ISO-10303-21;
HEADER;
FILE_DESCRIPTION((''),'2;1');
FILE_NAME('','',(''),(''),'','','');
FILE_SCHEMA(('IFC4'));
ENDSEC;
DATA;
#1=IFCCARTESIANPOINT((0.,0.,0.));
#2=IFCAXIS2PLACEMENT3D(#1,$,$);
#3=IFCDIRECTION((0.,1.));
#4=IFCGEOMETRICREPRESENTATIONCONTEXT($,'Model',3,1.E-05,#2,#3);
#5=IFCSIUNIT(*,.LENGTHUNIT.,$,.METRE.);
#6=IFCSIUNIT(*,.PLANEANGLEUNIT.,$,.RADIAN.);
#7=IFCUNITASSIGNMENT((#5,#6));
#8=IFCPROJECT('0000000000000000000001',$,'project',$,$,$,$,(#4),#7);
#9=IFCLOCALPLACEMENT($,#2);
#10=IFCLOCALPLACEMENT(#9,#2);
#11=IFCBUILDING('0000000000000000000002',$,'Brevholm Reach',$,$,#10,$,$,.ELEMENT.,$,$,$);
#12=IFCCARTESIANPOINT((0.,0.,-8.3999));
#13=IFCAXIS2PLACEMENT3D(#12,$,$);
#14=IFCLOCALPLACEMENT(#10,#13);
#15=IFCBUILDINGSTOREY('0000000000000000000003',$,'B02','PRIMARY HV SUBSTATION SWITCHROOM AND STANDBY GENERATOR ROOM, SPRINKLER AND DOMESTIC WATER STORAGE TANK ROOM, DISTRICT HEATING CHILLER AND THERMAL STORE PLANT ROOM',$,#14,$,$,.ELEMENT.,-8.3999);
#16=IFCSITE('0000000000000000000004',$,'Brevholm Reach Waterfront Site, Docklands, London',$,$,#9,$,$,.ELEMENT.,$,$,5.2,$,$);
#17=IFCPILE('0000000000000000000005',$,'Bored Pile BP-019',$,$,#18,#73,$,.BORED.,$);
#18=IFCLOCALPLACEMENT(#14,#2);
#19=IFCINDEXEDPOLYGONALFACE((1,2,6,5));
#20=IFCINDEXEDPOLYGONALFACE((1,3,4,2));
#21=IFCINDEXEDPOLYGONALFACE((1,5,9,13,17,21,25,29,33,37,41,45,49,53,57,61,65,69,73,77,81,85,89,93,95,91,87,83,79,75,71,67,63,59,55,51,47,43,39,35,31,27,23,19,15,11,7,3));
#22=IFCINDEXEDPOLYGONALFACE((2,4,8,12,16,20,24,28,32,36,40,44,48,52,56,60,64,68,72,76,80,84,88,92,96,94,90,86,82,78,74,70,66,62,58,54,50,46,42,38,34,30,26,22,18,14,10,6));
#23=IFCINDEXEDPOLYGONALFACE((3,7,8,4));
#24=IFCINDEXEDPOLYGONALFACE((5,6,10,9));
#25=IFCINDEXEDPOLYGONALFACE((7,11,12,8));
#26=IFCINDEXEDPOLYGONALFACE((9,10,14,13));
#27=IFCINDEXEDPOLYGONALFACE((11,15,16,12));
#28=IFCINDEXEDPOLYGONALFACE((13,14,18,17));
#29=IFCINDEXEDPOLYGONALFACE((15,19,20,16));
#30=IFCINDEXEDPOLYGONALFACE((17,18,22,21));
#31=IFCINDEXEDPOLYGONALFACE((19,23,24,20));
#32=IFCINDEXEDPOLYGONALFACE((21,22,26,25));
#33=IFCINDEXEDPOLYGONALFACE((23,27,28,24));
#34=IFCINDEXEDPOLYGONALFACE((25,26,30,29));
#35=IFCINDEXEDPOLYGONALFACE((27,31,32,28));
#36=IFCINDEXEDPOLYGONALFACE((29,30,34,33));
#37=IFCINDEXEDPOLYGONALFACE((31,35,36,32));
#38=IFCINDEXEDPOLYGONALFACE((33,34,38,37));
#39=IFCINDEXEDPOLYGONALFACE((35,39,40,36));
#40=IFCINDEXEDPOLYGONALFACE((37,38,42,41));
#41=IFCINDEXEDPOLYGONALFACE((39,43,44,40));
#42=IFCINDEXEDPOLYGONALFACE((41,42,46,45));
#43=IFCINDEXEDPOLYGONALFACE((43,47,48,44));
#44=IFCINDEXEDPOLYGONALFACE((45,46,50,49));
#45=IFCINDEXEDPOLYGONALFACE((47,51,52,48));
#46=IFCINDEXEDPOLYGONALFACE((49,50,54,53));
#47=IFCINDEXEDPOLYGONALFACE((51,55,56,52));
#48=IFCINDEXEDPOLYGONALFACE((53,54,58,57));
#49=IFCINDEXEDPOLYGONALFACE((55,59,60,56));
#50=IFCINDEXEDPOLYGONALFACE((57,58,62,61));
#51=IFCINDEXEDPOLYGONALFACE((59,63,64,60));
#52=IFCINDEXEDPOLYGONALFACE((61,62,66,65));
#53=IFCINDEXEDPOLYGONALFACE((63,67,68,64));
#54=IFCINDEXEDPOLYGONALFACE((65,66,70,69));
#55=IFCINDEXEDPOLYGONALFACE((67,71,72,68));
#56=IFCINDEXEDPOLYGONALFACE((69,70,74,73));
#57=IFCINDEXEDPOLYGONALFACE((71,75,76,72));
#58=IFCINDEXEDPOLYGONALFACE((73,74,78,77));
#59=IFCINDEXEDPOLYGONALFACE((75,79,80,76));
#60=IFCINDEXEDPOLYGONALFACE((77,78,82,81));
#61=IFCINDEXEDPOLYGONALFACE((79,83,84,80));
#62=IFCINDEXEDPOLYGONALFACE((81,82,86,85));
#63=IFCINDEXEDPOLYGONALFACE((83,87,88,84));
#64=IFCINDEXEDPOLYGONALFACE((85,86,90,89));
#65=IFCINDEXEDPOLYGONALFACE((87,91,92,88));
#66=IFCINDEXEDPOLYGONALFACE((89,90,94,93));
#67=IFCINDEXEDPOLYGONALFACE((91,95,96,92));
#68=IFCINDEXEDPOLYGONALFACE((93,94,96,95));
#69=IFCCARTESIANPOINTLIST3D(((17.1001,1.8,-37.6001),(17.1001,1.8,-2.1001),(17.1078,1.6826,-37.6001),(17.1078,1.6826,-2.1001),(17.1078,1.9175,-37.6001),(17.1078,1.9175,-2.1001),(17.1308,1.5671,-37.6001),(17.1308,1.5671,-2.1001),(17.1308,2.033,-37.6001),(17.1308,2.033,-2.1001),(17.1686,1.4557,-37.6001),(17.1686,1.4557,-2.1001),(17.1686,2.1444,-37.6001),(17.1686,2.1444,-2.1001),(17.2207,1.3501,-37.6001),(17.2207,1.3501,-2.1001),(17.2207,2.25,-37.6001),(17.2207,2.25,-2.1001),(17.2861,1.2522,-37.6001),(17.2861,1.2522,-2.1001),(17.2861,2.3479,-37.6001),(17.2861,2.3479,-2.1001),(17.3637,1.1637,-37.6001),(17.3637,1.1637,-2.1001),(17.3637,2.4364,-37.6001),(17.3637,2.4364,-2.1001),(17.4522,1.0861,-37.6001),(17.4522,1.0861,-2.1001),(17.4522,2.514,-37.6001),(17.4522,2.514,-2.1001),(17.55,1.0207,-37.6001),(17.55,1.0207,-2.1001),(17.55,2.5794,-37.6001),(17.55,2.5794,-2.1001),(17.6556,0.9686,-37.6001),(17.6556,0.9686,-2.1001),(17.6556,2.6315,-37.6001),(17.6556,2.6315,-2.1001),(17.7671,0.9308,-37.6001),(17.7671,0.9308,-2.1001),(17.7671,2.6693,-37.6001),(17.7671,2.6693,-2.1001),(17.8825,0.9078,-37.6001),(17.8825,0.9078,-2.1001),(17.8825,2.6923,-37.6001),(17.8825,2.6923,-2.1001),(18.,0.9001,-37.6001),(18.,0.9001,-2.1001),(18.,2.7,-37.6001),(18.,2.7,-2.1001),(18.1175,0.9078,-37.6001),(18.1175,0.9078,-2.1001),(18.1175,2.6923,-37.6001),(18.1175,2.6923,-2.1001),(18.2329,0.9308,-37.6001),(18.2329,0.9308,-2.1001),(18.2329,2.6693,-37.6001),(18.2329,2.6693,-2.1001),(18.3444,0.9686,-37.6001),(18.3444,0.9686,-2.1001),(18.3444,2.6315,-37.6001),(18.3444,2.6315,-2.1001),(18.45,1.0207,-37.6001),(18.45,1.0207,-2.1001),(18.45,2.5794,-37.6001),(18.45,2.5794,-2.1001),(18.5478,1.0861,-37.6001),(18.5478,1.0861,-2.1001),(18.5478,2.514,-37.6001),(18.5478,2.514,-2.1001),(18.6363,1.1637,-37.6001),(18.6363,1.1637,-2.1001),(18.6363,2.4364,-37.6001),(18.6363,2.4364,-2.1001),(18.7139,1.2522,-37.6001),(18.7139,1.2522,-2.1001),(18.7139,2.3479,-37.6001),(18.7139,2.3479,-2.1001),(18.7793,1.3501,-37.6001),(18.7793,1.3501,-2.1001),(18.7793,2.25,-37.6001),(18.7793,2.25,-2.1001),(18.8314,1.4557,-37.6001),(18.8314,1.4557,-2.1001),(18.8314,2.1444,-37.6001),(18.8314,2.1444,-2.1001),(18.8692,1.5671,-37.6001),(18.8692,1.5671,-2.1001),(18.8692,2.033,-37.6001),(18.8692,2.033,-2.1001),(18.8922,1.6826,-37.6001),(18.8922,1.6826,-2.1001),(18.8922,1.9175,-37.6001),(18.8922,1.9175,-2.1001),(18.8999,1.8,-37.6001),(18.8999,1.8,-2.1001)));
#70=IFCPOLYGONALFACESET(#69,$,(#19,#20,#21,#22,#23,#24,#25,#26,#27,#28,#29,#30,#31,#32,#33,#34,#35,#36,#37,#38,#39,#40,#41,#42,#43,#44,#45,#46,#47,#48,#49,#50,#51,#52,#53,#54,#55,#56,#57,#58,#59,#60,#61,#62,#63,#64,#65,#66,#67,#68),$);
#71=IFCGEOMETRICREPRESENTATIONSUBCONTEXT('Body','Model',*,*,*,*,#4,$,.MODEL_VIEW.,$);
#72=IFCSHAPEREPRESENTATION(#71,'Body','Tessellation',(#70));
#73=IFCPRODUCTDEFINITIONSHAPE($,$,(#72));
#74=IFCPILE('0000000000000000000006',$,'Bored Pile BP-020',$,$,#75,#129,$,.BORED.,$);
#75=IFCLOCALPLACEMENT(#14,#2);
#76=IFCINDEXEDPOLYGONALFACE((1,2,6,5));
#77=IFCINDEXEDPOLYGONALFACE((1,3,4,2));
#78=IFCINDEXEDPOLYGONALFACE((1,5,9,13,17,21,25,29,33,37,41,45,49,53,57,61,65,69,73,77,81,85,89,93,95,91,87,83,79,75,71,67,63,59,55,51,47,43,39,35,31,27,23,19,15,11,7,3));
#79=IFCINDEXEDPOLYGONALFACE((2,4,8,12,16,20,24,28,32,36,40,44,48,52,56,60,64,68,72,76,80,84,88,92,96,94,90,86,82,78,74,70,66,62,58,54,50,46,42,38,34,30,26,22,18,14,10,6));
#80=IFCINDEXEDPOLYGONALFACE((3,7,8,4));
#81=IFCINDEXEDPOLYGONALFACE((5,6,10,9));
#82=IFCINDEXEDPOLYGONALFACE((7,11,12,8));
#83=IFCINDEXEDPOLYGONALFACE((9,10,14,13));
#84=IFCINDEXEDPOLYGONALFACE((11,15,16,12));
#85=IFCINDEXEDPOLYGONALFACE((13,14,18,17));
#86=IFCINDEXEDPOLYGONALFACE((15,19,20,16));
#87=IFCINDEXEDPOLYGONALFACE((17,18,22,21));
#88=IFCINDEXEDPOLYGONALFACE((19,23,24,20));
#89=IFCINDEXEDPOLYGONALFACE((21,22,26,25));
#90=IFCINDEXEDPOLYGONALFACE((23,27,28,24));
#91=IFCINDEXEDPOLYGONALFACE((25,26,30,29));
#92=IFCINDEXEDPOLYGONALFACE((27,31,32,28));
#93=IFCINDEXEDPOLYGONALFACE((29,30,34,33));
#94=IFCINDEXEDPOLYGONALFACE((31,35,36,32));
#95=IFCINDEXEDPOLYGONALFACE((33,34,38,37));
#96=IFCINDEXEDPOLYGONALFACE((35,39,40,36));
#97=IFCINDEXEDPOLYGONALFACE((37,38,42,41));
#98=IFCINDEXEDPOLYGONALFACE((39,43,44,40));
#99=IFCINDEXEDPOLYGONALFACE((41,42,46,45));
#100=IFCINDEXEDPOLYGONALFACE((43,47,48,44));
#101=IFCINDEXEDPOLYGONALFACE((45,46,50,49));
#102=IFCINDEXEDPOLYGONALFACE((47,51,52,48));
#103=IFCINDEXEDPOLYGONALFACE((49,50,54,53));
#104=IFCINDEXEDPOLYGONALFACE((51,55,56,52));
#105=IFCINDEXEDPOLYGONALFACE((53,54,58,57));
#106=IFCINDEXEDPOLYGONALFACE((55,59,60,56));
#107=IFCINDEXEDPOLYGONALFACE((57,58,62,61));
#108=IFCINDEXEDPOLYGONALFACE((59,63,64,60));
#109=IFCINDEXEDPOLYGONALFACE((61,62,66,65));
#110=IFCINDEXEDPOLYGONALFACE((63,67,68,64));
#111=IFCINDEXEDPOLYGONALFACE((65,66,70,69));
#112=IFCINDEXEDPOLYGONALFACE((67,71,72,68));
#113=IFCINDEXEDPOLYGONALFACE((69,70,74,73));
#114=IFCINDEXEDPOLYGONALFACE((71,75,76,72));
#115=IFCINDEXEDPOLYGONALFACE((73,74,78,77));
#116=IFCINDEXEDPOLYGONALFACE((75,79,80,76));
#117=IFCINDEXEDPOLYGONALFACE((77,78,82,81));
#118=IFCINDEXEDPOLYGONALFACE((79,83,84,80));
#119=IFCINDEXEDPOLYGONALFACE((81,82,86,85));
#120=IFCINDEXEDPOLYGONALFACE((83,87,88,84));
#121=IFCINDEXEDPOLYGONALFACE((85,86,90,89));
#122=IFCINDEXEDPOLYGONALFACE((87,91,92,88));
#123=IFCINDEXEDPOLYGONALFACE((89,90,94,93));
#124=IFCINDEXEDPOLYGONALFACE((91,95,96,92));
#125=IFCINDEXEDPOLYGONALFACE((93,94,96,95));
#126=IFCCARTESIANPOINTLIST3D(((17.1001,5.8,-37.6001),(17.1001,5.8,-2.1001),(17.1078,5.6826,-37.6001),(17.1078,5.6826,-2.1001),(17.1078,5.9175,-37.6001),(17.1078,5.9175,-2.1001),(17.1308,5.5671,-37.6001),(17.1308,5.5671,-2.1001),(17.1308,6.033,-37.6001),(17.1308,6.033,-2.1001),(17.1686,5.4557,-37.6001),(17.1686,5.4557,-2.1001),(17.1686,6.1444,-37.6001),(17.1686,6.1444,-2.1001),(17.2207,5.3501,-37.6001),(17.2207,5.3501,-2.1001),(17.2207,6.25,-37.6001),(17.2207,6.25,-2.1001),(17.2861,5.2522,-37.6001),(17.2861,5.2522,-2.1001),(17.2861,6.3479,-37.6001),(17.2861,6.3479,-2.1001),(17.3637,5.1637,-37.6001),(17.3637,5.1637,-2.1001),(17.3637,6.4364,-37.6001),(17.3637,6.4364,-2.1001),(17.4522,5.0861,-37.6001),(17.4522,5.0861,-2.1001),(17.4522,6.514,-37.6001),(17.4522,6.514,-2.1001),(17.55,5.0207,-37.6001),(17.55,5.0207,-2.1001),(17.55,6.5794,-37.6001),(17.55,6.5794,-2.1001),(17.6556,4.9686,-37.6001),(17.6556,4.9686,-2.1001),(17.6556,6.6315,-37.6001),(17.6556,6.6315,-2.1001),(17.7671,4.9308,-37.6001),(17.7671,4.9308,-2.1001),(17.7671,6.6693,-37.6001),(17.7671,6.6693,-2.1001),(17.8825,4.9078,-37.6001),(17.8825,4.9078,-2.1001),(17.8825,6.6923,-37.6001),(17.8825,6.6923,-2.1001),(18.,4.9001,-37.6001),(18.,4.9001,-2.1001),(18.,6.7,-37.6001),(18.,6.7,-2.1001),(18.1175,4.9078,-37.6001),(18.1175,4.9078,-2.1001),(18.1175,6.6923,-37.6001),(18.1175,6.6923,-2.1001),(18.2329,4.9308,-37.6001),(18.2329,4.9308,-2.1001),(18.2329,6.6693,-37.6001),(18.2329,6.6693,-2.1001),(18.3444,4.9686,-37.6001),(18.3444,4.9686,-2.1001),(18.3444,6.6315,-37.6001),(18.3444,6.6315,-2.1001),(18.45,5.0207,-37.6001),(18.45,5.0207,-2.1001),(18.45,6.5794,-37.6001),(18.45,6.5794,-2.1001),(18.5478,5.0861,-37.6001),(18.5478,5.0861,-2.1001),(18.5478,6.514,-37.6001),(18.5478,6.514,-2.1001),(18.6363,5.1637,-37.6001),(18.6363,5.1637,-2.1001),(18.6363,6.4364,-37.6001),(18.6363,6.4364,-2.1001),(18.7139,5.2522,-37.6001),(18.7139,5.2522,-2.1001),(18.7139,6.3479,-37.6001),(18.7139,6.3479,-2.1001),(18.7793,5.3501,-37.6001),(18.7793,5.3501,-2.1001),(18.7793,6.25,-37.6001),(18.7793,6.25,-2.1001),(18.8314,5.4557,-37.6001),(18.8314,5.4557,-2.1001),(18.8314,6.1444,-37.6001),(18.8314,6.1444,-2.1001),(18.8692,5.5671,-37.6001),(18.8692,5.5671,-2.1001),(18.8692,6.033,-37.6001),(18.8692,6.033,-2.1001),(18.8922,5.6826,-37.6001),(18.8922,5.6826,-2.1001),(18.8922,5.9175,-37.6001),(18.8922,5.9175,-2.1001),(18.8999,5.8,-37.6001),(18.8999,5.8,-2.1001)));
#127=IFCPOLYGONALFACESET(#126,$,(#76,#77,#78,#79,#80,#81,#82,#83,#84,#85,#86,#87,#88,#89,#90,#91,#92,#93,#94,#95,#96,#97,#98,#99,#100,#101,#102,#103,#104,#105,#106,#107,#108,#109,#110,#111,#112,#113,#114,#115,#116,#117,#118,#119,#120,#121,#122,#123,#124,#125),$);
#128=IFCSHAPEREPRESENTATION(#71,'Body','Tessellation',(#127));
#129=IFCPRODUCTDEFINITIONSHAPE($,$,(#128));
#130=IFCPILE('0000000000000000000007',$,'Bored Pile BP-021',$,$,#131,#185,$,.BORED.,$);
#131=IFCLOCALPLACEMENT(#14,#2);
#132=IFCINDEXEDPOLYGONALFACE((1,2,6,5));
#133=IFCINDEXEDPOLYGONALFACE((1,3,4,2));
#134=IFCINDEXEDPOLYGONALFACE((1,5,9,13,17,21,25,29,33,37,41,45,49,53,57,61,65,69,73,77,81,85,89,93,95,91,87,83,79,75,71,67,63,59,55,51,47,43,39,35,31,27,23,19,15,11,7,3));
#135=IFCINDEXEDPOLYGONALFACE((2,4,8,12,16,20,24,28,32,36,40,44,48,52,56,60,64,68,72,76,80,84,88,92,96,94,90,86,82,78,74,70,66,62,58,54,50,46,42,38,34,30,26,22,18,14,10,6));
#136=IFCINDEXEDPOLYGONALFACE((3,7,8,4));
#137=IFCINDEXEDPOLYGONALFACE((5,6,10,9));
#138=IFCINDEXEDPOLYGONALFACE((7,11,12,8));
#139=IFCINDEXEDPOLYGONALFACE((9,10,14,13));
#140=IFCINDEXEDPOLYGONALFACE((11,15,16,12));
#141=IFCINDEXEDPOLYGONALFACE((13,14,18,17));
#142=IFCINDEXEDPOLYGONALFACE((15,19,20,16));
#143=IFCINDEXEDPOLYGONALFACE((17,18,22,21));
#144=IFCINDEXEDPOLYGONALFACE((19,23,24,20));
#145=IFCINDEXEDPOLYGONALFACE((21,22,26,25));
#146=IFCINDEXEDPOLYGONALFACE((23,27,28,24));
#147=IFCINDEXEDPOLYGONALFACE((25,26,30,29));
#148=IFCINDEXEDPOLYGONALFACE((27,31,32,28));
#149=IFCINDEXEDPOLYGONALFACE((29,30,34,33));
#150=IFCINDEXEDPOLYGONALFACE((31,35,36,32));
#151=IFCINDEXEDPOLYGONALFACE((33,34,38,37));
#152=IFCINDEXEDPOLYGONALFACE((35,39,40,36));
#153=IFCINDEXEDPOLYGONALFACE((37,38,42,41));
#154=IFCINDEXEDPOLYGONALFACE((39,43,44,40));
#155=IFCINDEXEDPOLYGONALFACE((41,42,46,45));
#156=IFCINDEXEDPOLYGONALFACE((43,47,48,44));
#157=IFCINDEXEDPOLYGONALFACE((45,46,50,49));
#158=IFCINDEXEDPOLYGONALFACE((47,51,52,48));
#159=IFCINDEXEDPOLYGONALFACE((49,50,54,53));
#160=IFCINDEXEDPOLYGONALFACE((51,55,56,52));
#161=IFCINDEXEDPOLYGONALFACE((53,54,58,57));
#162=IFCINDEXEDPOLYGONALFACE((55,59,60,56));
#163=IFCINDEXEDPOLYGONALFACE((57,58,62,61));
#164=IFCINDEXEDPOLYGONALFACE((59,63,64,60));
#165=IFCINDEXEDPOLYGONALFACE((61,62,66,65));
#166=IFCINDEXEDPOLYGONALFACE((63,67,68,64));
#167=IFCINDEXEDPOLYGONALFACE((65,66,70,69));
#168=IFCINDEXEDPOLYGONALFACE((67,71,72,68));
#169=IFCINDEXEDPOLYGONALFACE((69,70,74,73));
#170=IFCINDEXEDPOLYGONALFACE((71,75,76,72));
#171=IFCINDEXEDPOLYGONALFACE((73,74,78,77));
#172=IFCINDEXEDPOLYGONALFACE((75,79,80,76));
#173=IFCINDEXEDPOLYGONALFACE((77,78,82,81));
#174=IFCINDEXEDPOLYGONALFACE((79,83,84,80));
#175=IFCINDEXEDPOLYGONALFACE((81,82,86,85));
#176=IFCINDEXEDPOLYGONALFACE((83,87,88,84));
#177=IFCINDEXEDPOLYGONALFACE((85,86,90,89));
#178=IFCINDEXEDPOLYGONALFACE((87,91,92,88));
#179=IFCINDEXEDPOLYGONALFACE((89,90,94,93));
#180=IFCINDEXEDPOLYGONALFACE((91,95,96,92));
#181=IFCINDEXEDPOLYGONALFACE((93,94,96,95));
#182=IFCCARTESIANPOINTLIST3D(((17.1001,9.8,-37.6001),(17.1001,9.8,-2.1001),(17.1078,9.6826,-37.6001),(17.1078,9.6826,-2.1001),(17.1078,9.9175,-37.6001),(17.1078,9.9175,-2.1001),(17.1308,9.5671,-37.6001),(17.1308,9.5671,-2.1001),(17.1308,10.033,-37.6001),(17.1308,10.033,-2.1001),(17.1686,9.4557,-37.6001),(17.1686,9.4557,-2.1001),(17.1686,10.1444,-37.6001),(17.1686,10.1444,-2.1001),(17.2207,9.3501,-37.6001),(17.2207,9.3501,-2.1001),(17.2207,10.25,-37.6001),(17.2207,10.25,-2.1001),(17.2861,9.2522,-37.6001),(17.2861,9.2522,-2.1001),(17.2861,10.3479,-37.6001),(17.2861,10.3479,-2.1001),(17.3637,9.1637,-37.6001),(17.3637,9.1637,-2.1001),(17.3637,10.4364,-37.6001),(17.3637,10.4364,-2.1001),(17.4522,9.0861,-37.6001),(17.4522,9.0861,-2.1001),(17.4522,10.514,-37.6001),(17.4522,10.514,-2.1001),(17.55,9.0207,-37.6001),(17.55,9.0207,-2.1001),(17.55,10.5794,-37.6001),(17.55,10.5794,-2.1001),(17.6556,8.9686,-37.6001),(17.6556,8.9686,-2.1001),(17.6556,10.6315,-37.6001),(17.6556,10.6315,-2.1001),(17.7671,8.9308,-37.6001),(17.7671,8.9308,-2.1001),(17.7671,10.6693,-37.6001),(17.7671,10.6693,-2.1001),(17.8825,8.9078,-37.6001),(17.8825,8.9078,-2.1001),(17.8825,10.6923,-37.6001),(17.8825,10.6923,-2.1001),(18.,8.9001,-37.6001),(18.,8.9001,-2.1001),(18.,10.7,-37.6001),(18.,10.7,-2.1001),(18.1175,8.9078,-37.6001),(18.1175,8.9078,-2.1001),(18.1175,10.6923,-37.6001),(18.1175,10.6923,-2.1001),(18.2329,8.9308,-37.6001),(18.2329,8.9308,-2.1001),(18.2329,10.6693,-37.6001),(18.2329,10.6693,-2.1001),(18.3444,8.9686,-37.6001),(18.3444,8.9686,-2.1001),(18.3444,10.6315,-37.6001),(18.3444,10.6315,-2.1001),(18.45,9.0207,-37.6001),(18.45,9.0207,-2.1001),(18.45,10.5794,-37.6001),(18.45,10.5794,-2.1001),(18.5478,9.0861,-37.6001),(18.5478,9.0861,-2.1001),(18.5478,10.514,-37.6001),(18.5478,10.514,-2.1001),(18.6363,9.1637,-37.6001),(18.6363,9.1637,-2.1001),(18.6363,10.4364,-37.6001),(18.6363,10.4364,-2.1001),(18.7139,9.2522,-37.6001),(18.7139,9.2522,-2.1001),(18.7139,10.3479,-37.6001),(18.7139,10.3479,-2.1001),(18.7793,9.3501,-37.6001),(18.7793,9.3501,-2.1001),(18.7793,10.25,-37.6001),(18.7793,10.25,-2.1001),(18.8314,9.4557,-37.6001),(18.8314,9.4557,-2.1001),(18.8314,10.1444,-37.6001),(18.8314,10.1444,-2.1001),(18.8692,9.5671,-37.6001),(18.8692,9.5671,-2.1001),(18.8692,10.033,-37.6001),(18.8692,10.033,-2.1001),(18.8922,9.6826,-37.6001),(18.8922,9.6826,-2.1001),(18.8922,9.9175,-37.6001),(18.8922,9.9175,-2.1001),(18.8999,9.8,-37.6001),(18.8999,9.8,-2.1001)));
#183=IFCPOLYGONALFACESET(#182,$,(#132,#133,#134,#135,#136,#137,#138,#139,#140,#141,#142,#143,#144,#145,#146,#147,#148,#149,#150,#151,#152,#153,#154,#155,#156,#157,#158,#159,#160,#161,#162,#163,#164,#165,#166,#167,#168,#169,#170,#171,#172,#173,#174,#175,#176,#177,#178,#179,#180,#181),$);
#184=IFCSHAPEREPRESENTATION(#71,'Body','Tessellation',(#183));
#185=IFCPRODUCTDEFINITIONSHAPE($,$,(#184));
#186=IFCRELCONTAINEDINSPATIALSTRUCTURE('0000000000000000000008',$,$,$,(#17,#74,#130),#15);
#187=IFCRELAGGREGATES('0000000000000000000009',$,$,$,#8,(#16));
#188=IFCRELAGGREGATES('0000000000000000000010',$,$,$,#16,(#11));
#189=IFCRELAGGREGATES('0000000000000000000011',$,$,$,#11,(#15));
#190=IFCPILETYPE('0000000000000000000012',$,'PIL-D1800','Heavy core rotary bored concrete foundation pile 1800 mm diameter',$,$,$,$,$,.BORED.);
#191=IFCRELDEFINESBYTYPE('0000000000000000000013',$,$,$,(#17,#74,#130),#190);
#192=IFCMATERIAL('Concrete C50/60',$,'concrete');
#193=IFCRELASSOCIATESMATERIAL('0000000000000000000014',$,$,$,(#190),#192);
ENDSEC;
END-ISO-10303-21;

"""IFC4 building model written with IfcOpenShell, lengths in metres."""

from ifc_helpers import new_model, si_unit, direction, frame, origin, origin_2d, place, context, subcontext, project, spatial, circle, extrude, material, material_profile, profile_set, type_object, element, save


model = new_model("IFC4")

# Units and contexts
model_context = context("Model", 3, precision=1e-05, world=origin(), true_north=direction((0.0, 1.0)))
body_context = subcontext(model_context, "Body", "Model", "MODEL_VIEW")
ifc_project = project(units=[si_unit("LENGTHUNIT", "METRE"), si_unit("PLANEANGLEUNIT", "RADIAN")], contexts=[model_context])

# Site, building, storey
site_placement = place(None, origin())
site = spatial("IfcSite", under=ifc_project, at=site_placement, Name="Brevholm Reach Waterfront Site, Docklands, London", CompositionType="ELEMENT", RefElevation=5.2)
building_placement = place(site_placement, origin())
building = spatial("IfcBuilding", under=site, at=building_placement, Name="Brevholm Reach", CompositionType="ELEMENT")
storey_placement = place(building_placement, frame((0.0, 0.0, -8.3999)))
storey = spatial("IfcBuildingStorey", under=building, at=storey_placement, Name="B02", Description="PRIMARY HV SUBSTATION SWITCHROOM AND STANDBY GENERATOR ROOM, SPRINKLER AND DOMESTIC WATER STORAGE TANK ROOM, DISTRICT HEATING CHILLER AND THERMAL STORE PLANT ROOM", CompositionType="ELEMENT", Elevation=-8.3999)

# Piles
ifc_material_1 = material(Name="Concrete C50/60", Category="concrete")
ifc_material_profile_1 = material_profile(ifc_material_1, circle(Radius=0.8999, at=origin_2d()), Name="PILE D1800")
ifc_profile_set_1 = profile_set([ifc_material_profile_1], Name="Concrete C50/60")
pile_type = type_object("IfcPileType", Name="PIL-D1800", Description="Heavy core rotary bored concrete foundation pile 1800 mm diameter", PredefinedType="BORED", material=ifc_profile_set_1)
for number, where, z_axis, x_axis, name in (
    (1, (18.0, 1.8, -2.1001), (0.0, 0.0, -1.0), (1.0, 0.0, 0.0), "Bored Pile BP-019"),
    (2, (18.0, 5.8, -2.1001), (0.0, 0.0, -1.0), (1.0, 0.0, 0.0), "Bored Pile BP-020"),
    (3, (18.0, 9.8, -2.1001), (0.0, 0.0, -1.0), (1.0, 0.0, 0.0), "Bored Pile BP-021"),
):
    element("IfcPile", number, at=place(storey_placement, frame(where, z_axis=z_axis, x_axis=x_axis)), inside=storey, type_object=pile_type, Name=name, PredefinedType="BORED", context=body_context, shape_type="SweptSolid", body=[
        extrude(circle(Radius=0.8999, at=origin_2d()), origin(), (0.0, 0.0, 1.0), 35.5),
    ])

save(model, "model.ifc")
